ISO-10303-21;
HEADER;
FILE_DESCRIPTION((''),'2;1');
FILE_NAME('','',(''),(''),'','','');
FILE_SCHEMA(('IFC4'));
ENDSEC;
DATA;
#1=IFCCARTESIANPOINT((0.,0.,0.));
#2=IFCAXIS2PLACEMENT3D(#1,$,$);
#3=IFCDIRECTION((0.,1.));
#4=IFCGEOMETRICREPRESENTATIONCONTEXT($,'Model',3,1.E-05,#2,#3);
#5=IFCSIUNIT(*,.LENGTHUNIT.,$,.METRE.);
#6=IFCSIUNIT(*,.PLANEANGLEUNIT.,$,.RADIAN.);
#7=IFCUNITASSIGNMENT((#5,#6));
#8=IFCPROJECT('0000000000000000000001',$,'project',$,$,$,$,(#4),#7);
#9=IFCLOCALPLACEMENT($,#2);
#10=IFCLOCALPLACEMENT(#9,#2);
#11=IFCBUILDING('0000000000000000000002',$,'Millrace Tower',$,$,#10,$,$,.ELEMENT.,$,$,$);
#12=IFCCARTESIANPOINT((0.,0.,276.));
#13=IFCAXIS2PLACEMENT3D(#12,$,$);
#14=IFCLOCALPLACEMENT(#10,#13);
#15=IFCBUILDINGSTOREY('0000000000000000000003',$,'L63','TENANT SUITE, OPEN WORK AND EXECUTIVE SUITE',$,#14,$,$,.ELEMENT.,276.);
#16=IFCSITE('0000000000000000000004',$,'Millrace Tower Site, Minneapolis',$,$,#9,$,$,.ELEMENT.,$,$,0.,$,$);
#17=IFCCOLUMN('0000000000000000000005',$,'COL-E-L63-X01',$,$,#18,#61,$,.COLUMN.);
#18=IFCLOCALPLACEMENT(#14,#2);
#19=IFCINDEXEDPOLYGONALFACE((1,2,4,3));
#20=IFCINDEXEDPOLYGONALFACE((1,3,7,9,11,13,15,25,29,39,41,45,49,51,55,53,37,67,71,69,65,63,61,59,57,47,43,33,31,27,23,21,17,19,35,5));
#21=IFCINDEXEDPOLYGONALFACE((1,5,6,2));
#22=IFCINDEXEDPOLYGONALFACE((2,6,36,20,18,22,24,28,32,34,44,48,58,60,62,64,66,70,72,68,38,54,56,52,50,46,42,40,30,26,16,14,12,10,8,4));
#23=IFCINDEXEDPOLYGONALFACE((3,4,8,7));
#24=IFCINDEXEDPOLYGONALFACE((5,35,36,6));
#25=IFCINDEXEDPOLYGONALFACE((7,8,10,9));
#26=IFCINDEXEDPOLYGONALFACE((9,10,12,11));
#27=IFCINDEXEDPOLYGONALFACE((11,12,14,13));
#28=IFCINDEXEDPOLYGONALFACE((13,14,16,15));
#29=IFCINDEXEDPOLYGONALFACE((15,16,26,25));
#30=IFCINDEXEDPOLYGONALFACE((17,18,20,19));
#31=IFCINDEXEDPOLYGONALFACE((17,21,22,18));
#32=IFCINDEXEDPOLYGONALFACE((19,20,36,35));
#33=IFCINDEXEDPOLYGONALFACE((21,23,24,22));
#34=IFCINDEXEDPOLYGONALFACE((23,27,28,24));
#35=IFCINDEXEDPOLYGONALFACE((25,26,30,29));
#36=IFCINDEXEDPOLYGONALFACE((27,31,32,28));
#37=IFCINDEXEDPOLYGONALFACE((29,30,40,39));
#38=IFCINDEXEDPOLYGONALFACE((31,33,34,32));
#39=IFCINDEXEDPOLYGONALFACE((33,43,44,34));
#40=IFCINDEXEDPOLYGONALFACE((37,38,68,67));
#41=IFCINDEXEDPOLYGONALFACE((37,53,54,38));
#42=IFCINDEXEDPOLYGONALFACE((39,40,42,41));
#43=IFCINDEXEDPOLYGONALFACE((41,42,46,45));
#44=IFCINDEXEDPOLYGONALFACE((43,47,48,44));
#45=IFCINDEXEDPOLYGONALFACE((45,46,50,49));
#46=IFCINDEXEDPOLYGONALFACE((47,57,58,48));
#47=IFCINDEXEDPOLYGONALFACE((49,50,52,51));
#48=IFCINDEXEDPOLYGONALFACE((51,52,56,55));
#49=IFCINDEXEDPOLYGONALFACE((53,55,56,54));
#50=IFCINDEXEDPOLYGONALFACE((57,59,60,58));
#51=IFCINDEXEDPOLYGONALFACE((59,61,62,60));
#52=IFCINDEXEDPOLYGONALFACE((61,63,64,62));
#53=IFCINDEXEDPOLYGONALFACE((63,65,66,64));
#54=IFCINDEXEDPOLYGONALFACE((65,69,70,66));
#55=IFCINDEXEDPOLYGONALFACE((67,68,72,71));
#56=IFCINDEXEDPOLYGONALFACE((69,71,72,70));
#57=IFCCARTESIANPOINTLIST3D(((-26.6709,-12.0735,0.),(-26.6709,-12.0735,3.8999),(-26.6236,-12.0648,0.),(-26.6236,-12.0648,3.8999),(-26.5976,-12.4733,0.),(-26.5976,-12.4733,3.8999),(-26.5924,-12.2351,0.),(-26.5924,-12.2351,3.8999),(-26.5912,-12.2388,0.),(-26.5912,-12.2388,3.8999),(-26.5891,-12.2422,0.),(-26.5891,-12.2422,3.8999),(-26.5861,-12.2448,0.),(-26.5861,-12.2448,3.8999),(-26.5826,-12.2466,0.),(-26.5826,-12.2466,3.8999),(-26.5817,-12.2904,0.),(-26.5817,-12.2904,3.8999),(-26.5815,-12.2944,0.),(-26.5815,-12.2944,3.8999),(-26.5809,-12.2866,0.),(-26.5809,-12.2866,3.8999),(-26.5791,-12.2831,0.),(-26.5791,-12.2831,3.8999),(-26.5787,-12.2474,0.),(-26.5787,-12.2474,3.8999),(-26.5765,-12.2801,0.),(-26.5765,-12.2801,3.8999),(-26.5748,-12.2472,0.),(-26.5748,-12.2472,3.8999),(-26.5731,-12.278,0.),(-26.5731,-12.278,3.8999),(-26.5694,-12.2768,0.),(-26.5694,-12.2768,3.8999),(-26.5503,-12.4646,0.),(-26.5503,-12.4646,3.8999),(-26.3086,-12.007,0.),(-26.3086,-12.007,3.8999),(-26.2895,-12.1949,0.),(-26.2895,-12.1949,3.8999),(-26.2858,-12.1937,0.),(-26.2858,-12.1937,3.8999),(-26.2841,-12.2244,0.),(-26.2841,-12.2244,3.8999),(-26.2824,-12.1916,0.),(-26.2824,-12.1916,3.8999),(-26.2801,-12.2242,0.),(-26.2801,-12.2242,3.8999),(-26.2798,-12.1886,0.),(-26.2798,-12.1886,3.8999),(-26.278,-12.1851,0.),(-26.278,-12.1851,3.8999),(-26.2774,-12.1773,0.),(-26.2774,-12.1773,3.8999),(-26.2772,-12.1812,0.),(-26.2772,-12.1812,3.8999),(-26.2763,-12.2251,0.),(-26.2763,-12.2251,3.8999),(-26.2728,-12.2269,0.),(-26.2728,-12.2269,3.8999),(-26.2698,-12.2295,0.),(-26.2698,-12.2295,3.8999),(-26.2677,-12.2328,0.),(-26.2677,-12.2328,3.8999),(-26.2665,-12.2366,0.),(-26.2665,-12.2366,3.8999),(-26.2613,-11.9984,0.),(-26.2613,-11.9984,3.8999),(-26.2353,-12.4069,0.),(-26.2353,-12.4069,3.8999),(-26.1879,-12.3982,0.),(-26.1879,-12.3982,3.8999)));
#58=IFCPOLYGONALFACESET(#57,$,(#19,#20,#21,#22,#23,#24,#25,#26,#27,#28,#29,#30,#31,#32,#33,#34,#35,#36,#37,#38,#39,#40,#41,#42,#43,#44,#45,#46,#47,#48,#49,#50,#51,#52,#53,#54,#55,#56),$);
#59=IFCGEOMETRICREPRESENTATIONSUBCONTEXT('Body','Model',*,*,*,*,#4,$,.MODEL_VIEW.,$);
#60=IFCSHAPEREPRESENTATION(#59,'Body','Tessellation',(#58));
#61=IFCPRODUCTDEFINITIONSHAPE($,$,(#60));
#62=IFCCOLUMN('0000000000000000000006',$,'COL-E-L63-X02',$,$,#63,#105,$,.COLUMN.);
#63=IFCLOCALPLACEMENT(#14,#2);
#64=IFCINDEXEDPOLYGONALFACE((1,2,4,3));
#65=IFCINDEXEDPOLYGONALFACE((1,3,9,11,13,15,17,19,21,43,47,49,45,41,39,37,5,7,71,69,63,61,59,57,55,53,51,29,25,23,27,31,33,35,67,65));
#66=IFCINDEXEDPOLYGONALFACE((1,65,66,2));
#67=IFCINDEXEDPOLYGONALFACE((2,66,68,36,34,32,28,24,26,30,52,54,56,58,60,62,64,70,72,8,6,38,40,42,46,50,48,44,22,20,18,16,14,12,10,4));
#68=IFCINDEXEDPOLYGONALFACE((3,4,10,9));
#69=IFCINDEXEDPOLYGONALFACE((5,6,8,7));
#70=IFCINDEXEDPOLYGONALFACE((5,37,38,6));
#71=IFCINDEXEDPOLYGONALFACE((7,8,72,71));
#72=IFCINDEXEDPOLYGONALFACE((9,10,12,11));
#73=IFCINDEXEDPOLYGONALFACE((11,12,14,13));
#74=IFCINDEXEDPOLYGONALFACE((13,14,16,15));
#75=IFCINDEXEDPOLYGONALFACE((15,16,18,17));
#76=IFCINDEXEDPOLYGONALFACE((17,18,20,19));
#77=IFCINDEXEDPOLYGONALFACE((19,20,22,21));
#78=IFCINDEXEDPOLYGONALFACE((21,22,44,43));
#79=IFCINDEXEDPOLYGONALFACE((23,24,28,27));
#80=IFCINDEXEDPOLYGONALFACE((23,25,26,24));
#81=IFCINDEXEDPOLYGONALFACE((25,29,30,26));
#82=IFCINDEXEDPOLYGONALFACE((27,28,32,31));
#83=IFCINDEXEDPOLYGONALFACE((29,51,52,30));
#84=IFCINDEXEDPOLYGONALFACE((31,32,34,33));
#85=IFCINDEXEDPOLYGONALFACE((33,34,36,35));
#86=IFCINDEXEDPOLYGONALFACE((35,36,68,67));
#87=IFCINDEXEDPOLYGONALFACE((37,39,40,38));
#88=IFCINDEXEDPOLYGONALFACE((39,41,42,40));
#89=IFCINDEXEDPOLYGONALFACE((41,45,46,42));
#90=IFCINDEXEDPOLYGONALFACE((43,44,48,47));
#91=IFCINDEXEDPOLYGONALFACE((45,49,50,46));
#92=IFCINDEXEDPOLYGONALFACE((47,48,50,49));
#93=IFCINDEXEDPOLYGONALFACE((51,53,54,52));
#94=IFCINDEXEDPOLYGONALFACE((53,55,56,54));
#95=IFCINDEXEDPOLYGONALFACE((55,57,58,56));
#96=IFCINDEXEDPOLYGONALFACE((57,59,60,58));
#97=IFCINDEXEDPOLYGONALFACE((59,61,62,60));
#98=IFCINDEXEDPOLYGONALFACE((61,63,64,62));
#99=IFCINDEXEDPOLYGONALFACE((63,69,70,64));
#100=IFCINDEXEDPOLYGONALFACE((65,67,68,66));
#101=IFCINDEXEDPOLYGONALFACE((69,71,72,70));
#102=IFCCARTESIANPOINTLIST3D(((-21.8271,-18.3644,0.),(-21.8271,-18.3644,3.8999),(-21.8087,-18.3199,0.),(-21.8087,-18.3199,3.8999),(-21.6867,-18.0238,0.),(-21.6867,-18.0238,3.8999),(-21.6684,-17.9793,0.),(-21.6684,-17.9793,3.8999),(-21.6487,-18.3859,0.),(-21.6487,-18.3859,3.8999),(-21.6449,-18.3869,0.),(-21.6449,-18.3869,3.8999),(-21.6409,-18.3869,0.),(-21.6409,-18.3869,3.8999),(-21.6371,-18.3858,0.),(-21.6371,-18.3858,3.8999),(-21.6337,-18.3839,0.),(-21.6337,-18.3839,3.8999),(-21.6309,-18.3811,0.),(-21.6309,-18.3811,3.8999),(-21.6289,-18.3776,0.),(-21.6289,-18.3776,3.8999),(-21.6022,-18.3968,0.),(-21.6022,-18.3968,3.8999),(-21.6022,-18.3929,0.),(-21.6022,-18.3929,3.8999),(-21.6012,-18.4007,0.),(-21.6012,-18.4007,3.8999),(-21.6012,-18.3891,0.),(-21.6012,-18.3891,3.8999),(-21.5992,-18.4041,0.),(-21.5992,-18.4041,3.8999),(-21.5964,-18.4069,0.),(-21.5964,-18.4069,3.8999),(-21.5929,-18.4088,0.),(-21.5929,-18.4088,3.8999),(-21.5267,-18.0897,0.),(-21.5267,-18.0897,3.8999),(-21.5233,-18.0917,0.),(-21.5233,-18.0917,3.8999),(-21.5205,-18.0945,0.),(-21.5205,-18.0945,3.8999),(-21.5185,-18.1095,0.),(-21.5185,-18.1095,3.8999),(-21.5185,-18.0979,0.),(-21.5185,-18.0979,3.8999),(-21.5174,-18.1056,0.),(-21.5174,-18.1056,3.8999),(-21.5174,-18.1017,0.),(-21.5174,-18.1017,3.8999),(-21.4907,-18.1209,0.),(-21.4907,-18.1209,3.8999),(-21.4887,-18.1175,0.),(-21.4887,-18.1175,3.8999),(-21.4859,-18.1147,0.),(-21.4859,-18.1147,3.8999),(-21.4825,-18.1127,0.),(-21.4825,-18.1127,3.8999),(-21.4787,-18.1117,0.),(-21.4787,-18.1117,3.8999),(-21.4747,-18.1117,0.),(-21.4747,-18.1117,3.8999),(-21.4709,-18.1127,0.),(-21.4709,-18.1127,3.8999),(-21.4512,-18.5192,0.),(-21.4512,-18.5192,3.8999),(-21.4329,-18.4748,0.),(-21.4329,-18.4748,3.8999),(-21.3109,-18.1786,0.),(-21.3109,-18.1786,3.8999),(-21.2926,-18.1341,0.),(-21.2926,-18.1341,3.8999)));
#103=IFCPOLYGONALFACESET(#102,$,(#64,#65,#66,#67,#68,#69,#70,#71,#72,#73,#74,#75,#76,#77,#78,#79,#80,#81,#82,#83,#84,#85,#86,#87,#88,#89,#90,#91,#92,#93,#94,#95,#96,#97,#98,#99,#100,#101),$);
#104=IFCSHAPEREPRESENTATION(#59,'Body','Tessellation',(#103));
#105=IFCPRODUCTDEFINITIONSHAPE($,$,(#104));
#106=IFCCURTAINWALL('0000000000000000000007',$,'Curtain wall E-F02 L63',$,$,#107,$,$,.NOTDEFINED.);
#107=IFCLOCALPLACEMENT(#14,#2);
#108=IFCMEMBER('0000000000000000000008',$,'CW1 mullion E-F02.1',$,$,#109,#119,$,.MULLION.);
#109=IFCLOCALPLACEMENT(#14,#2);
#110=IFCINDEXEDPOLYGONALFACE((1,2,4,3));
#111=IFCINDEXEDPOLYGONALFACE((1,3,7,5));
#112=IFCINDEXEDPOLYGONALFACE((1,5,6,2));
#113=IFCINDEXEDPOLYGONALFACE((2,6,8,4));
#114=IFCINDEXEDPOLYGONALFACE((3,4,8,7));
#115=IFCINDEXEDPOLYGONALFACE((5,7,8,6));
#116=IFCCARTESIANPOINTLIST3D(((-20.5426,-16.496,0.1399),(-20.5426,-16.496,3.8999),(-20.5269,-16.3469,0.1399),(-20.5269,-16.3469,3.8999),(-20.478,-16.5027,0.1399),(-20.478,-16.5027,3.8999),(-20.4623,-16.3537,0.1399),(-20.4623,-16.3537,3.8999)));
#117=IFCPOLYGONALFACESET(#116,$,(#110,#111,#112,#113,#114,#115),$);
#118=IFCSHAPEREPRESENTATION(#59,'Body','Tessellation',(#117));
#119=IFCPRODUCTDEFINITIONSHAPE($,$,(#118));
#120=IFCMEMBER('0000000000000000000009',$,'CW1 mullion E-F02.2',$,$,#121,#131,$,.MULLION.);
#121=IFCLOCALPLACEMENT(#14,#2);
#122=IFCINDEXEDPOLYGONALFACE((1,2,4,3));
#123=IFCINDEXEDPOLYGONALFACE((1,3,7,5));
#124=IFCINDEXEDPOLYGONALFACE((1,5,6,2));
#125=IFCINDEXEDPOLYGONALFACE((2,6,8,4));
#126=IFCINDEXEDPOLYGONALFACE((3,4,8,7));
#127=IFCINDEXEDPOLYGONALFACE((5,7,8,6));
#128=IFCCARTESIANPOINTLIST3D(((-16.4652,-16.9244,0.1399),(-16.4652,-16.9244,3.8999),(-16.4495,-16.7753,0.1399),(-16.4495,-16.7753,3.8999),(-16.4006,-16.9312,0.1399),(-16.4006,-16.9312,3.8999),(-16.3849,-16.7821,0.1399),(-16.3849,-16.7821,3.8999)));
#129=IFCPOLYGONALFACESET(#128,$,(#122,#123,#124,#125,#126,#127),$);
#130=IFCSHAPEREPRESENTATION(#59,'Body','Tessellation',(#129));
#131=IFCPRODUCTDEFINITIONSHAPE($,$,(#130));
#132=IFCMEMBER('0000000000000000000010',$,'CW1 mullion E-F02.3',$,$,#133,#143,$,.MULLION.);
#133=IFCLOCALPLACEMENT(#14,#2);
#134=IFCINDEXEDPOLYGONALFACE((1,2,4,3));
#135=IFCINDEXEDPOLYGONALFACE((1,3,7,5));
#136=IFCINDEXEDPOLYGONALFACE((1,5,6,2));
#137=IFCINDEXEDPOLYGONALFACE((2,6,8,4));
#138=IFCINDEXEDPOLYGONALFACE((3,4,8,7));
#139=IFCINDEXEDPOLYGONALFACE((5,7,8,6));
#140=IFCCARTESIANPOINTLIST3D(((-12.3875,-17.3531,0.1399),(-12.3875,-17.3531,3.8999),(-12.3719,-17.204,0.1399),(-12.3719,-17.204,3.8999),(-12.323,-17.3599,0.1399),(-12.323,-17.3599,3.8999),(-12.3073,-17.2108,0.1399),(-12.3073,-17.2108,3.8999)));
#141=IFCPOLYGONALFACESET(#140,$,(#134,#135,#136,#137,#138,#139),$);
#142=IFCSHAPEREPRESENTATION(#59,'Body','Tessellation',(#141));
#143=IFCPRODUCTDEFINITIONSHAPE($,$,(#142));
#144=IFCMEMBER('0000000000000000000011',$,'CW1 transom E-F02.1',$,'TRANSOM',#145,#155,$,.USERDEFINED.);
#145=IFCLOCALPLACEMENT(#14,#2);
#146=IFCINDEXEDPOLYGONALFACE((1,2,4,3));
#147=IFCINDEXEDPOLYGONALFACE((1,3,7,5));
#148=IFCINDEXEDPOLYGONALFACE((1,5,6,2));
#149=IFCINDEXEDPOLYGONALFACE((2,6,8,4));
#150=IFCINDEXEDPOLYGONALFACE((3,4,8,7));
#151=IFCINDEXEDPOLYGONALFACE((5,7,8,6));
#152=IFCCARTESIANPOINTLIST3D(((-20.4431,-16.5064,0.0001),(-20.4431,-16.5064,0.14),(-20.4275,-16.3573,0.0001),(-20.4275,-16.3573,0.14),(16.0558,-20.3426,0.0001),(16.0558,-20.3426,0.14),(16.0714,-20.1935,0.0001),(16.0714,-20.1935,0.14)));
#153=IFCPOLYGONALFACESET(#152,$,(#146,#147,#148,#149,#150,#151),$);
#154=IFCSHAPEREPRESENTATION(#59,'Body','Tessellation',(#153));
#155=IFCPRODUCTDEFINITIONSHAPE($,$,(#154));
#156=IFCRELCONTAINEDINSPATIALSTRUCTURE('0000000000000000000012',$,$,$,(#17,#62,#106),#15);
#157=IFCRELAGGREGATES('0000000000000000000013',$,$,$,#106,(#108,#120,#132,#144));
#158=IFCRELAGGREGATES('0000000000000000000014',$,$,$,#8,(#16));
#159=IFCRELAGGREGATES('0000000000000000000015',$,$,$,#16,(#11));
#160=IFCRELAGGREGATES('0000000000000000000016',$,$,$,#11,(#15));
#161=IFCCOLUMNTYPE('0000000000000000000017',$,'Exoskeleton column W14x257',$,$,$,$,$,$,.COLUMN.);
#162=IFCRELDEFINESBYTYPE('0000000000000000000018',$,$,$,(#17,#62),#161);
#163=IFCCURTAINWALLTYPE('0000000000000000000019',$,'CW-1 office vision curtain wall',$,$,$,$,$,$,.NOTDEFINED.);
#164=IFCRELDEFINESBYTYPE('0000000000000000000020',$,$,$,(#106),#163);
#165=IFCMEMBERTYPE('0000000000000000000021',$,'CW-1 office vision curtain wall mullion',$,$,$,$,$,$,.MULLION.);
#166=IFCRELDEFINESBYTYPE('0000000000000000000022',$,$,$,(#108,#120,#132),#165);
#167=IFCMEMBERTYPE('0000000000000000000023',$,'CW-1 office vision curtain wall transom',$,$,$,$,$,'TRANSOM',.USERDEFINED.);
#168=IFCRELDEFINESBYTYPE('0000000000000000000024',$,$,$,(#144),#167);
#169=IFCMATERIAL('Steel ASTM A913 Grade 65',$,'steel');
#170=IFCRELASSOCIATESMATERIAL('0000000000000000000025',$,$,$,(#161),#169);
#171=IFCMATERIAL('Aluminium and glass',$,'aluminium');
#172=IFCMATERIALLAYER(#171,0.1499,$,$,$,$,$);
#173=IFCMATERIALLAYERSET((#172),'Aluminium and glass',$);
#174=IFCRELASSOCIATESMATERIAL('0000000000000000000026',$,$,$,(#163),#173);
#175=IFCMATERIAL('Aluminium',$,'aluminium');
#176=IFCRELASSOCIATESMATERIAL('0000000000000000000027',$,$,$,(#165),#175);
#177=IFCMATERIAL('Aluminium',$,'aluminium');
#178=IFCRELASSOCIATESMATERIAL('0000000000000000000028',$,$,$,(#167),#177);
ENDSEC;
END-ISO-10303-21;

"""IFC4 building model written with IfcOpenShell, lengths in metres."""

from ifc_helpers import new_model, si_unit, direction, frame, origin, origin_2d, place, context, subcontext, project, spatial, rectangle, i_section, extrude, material, layer, layer_set, material_profile, profile_set, type_object, element, aggregate, save


model = new_model("IFC4")

# Units and contexts
model_context = context("Model", 3, precision=1e-05, world=origin(), true_north=direction((0.0, 1.0)))
body_context = subcontext(model_context, "Body", "Model", "MODEL_VIEW")
ifc_project = project(units=[si_unit("LENGTHUNIT", "METRE"), si_unit("PLANEANGLEUNIT", "RADIAN")], contexts=[model_context])

# Site, building, storey
site_placement = place(None, origin())
site = spatial("IfcSite", under=ifc_project, at=site_placement, Name="Millrace Tower Site, Minneapolis", CompositionType="ELEMENT", RefElevation=0.0)
building_placement = place(site_placement, origin())
building = spatial("IfcBuilding", under=site, at=building_placement, Name="Millrace Tower", CompositionType="ELEMENT")
storey_placement = place(building_placement, frame((0.0, 0.0, 276.0)))
storey = spatial("IfcBuildingStorey", under=building, at=storey_placement, Name="L63", Description="TENANT SUITE, OPEN WORK AND EXECUTIVE SUITE", CompositionType="ELEMENT", Elevation=276.0)

# Columns
ifc_material_1 = material(Name="Steel ASTM A913 Grade 65", Category="steel")
ifc_material_profile_1 = material_profile(ifc_material_1, i_section(OverallWidth=0.4065, OverallDepth=0.4165, WebThickness=0.03, FlangeThickness=0.0481, FilletRadius=0.0151, at=origin_2d()))
ifc_profile_set_1 = profile_set([ifc_material_profile_1], Name="Steel ASTM A913 Grade 65")
column_type = type_object("IfcColumnType", Name="Exoskeleton column W14x257", PredefinedType="COLUMN", material=ifc_profile_set_1)
for number, where, z_axis, x_axis, name in (
    (1, (-26.4294, -12.2358, 0.0), (0.0, 0.0, 1.0), (0.180387, -0.983596, 0.0), "COL-E-L63-X01"),
    (2, (-21.5598, -18.2493, 0.0), (0.0, 0.0, 1.0), (0.924597, -0.380947, 0.0), "COL-E-L63-X02"),
):
    element("IfcColumn", number, at=place(storey_placement, frame(where, z_axis=z_axis, x_axis=x_axis)), inside=storey, type_object=column_type, Name=name, PredefinedType="COLUMN", context=body_context, shape_type="SweptSolid", body=[
        extrude(i_section(OverallWidth=0.4065, OverallDepth=0.4165, WebThickness=0.03, FlangeThickness=0.0481, FilletRadius=0.0151, at=origin_2d()), origin(), (0.0, 0.0, 1.0), 3.8999),
    ])

# Curtain wall, members
ifc_material_2 = material(Name="Aluminium and glass", Category="aluminium")
ifc_layer_1 = layer(ifc_material_2, 0.1499)
ifc_layer_set_1 = layer_set([ifc_layer_1], Name="Aluminium and glass")
curtain_wall_type = type_object("IfcCurtainWallType", Name="CW-1 office vision curtain wall", PredefinedType="NOTDEFINED", material=ifc_layer_set_1)
curtain_wall_placement = place(storey_placement, origin())
curtain_wall = element("IfcCurtainWall", 3, at=curtain_wall_placement, inside=storey, type_object=curtain_wall_type, Name="Curtain wall E-F02 L63", PredefinedType="NOTDEFINED")
ifc_material_3 = material(Name="Aluminium", Category="aluminium")
ifc_material_profile_2 = material_profile(ifc_material_3, rectangle(XDim=0.0649, YDim=0.1499, at=origin_2d()))
ifc_profile_set_2 = profile_set([ifc_material_profile_2], Name="Aluminium")
member_type_1 = type_object("IfcMemberType", Name="CW-1 office vision curtain wall mullion", PredefinedType="MULLION", material=ifc_profile_set_2)
member_1_placement = place(storey_placement, frame((-20.5024, -16.4248, 0.1399), z_axis=(0.0, 0.0, 1.0), x_axis=(0.994522, -0.104528, 0.0)))
member_1 = element("IfcMember", 4, at=member_1_placement, type_object=member_type_1, Name="CW1 mullion E-F02.1", PredefinedType="MULLION", context=body_context, shape_type="SweptSolid", body=[
    extrude(rectangle(XDim=0.0649, YDim=0.1499, at=origin_2d()), origin(), (0.0, 0.0, 1.0), 3.76),
])
member_2_placement = place(storey_placement, frame((-16.425, -16.8533, 0.1399), z_axis=(0.0, 0.0, 1.0), x_axis=(0.994522, -0.104528, 0.0)))
member_2 = element("IfcMember", 5, at=member_2_placement, type_object=member_type_1, Name="CW1 mullion E-F02.2", PredefinedType="MULLION", context=body_context, shape_type="SweptSolid", body=[
    extrude(rectangle(XDim=0.0649, YDim=0.1499, at=origin_2d()), origin(), (0.0, 0.0, 1.0), 3.76),
])
member_3_placement = place(storey_placement, frame((-12.3474, -17.282, 0.1399), z_axis=(0.0, 0.0, 1.0), x_axis=(0.994522, -0.104528, 0.0)))
member_3 = element("IfcMember", 6, at=member_3_placement, type_object=member_type_1, Name="CW1 mullion E-F02.3", PredefinedType="MULLION", context=body_context, shape_type="SweptSolid", body=[
    extrude(rectangle(XDim=0.0649, YDim=0.1499, at=origin_2d()), origin(), (0.0, 0.0, 1.0), 3.76),
])
ifc_material_4 = material(Name="Aluminium", Category="aluminium")
ifc_material_profile_3 = material_profile(ifc_material_4, rectangle(XDim=0.1499, YDim=0.1399, at=origin_2d()))
ifc_profile_set_3 = profile_set([ifc_material_profile_3], Name="Aluminium")
member_type_2 = type_object("IfcMemberType", Name="CW-1 office vision curtain wall transom", ElementType="TRANSOM", PredefinedType="USERDEFINED", material=ifc_profile_set_3)
member_4_placement = place(storey_placement, frame((-20.4353, -16.4319, 0.0701), z_axis=(0.994522, -0.104528, 0.0), x_axis=(0.104528, 0.994522, 0.0)))
member_4 = element("IfcMember", 7, at=member_4_placement, type_object=member_type_2, Name="CW1 transom E-F02.1", ObjectType="TRANSOM", PredefinedType="USERDEFINED", context=body_context, shape_type="SweptSolid", body=[
    extrude(rectangle(XDim=0.1499, YDim=0.1399, at=origin_2d()), origin(), (0.0, 0.0, 1.0), 36.7),
])
aggregate(curtain_wall, [member_1, member_2, member_3, member_4])

save(model, "model.ifc")
